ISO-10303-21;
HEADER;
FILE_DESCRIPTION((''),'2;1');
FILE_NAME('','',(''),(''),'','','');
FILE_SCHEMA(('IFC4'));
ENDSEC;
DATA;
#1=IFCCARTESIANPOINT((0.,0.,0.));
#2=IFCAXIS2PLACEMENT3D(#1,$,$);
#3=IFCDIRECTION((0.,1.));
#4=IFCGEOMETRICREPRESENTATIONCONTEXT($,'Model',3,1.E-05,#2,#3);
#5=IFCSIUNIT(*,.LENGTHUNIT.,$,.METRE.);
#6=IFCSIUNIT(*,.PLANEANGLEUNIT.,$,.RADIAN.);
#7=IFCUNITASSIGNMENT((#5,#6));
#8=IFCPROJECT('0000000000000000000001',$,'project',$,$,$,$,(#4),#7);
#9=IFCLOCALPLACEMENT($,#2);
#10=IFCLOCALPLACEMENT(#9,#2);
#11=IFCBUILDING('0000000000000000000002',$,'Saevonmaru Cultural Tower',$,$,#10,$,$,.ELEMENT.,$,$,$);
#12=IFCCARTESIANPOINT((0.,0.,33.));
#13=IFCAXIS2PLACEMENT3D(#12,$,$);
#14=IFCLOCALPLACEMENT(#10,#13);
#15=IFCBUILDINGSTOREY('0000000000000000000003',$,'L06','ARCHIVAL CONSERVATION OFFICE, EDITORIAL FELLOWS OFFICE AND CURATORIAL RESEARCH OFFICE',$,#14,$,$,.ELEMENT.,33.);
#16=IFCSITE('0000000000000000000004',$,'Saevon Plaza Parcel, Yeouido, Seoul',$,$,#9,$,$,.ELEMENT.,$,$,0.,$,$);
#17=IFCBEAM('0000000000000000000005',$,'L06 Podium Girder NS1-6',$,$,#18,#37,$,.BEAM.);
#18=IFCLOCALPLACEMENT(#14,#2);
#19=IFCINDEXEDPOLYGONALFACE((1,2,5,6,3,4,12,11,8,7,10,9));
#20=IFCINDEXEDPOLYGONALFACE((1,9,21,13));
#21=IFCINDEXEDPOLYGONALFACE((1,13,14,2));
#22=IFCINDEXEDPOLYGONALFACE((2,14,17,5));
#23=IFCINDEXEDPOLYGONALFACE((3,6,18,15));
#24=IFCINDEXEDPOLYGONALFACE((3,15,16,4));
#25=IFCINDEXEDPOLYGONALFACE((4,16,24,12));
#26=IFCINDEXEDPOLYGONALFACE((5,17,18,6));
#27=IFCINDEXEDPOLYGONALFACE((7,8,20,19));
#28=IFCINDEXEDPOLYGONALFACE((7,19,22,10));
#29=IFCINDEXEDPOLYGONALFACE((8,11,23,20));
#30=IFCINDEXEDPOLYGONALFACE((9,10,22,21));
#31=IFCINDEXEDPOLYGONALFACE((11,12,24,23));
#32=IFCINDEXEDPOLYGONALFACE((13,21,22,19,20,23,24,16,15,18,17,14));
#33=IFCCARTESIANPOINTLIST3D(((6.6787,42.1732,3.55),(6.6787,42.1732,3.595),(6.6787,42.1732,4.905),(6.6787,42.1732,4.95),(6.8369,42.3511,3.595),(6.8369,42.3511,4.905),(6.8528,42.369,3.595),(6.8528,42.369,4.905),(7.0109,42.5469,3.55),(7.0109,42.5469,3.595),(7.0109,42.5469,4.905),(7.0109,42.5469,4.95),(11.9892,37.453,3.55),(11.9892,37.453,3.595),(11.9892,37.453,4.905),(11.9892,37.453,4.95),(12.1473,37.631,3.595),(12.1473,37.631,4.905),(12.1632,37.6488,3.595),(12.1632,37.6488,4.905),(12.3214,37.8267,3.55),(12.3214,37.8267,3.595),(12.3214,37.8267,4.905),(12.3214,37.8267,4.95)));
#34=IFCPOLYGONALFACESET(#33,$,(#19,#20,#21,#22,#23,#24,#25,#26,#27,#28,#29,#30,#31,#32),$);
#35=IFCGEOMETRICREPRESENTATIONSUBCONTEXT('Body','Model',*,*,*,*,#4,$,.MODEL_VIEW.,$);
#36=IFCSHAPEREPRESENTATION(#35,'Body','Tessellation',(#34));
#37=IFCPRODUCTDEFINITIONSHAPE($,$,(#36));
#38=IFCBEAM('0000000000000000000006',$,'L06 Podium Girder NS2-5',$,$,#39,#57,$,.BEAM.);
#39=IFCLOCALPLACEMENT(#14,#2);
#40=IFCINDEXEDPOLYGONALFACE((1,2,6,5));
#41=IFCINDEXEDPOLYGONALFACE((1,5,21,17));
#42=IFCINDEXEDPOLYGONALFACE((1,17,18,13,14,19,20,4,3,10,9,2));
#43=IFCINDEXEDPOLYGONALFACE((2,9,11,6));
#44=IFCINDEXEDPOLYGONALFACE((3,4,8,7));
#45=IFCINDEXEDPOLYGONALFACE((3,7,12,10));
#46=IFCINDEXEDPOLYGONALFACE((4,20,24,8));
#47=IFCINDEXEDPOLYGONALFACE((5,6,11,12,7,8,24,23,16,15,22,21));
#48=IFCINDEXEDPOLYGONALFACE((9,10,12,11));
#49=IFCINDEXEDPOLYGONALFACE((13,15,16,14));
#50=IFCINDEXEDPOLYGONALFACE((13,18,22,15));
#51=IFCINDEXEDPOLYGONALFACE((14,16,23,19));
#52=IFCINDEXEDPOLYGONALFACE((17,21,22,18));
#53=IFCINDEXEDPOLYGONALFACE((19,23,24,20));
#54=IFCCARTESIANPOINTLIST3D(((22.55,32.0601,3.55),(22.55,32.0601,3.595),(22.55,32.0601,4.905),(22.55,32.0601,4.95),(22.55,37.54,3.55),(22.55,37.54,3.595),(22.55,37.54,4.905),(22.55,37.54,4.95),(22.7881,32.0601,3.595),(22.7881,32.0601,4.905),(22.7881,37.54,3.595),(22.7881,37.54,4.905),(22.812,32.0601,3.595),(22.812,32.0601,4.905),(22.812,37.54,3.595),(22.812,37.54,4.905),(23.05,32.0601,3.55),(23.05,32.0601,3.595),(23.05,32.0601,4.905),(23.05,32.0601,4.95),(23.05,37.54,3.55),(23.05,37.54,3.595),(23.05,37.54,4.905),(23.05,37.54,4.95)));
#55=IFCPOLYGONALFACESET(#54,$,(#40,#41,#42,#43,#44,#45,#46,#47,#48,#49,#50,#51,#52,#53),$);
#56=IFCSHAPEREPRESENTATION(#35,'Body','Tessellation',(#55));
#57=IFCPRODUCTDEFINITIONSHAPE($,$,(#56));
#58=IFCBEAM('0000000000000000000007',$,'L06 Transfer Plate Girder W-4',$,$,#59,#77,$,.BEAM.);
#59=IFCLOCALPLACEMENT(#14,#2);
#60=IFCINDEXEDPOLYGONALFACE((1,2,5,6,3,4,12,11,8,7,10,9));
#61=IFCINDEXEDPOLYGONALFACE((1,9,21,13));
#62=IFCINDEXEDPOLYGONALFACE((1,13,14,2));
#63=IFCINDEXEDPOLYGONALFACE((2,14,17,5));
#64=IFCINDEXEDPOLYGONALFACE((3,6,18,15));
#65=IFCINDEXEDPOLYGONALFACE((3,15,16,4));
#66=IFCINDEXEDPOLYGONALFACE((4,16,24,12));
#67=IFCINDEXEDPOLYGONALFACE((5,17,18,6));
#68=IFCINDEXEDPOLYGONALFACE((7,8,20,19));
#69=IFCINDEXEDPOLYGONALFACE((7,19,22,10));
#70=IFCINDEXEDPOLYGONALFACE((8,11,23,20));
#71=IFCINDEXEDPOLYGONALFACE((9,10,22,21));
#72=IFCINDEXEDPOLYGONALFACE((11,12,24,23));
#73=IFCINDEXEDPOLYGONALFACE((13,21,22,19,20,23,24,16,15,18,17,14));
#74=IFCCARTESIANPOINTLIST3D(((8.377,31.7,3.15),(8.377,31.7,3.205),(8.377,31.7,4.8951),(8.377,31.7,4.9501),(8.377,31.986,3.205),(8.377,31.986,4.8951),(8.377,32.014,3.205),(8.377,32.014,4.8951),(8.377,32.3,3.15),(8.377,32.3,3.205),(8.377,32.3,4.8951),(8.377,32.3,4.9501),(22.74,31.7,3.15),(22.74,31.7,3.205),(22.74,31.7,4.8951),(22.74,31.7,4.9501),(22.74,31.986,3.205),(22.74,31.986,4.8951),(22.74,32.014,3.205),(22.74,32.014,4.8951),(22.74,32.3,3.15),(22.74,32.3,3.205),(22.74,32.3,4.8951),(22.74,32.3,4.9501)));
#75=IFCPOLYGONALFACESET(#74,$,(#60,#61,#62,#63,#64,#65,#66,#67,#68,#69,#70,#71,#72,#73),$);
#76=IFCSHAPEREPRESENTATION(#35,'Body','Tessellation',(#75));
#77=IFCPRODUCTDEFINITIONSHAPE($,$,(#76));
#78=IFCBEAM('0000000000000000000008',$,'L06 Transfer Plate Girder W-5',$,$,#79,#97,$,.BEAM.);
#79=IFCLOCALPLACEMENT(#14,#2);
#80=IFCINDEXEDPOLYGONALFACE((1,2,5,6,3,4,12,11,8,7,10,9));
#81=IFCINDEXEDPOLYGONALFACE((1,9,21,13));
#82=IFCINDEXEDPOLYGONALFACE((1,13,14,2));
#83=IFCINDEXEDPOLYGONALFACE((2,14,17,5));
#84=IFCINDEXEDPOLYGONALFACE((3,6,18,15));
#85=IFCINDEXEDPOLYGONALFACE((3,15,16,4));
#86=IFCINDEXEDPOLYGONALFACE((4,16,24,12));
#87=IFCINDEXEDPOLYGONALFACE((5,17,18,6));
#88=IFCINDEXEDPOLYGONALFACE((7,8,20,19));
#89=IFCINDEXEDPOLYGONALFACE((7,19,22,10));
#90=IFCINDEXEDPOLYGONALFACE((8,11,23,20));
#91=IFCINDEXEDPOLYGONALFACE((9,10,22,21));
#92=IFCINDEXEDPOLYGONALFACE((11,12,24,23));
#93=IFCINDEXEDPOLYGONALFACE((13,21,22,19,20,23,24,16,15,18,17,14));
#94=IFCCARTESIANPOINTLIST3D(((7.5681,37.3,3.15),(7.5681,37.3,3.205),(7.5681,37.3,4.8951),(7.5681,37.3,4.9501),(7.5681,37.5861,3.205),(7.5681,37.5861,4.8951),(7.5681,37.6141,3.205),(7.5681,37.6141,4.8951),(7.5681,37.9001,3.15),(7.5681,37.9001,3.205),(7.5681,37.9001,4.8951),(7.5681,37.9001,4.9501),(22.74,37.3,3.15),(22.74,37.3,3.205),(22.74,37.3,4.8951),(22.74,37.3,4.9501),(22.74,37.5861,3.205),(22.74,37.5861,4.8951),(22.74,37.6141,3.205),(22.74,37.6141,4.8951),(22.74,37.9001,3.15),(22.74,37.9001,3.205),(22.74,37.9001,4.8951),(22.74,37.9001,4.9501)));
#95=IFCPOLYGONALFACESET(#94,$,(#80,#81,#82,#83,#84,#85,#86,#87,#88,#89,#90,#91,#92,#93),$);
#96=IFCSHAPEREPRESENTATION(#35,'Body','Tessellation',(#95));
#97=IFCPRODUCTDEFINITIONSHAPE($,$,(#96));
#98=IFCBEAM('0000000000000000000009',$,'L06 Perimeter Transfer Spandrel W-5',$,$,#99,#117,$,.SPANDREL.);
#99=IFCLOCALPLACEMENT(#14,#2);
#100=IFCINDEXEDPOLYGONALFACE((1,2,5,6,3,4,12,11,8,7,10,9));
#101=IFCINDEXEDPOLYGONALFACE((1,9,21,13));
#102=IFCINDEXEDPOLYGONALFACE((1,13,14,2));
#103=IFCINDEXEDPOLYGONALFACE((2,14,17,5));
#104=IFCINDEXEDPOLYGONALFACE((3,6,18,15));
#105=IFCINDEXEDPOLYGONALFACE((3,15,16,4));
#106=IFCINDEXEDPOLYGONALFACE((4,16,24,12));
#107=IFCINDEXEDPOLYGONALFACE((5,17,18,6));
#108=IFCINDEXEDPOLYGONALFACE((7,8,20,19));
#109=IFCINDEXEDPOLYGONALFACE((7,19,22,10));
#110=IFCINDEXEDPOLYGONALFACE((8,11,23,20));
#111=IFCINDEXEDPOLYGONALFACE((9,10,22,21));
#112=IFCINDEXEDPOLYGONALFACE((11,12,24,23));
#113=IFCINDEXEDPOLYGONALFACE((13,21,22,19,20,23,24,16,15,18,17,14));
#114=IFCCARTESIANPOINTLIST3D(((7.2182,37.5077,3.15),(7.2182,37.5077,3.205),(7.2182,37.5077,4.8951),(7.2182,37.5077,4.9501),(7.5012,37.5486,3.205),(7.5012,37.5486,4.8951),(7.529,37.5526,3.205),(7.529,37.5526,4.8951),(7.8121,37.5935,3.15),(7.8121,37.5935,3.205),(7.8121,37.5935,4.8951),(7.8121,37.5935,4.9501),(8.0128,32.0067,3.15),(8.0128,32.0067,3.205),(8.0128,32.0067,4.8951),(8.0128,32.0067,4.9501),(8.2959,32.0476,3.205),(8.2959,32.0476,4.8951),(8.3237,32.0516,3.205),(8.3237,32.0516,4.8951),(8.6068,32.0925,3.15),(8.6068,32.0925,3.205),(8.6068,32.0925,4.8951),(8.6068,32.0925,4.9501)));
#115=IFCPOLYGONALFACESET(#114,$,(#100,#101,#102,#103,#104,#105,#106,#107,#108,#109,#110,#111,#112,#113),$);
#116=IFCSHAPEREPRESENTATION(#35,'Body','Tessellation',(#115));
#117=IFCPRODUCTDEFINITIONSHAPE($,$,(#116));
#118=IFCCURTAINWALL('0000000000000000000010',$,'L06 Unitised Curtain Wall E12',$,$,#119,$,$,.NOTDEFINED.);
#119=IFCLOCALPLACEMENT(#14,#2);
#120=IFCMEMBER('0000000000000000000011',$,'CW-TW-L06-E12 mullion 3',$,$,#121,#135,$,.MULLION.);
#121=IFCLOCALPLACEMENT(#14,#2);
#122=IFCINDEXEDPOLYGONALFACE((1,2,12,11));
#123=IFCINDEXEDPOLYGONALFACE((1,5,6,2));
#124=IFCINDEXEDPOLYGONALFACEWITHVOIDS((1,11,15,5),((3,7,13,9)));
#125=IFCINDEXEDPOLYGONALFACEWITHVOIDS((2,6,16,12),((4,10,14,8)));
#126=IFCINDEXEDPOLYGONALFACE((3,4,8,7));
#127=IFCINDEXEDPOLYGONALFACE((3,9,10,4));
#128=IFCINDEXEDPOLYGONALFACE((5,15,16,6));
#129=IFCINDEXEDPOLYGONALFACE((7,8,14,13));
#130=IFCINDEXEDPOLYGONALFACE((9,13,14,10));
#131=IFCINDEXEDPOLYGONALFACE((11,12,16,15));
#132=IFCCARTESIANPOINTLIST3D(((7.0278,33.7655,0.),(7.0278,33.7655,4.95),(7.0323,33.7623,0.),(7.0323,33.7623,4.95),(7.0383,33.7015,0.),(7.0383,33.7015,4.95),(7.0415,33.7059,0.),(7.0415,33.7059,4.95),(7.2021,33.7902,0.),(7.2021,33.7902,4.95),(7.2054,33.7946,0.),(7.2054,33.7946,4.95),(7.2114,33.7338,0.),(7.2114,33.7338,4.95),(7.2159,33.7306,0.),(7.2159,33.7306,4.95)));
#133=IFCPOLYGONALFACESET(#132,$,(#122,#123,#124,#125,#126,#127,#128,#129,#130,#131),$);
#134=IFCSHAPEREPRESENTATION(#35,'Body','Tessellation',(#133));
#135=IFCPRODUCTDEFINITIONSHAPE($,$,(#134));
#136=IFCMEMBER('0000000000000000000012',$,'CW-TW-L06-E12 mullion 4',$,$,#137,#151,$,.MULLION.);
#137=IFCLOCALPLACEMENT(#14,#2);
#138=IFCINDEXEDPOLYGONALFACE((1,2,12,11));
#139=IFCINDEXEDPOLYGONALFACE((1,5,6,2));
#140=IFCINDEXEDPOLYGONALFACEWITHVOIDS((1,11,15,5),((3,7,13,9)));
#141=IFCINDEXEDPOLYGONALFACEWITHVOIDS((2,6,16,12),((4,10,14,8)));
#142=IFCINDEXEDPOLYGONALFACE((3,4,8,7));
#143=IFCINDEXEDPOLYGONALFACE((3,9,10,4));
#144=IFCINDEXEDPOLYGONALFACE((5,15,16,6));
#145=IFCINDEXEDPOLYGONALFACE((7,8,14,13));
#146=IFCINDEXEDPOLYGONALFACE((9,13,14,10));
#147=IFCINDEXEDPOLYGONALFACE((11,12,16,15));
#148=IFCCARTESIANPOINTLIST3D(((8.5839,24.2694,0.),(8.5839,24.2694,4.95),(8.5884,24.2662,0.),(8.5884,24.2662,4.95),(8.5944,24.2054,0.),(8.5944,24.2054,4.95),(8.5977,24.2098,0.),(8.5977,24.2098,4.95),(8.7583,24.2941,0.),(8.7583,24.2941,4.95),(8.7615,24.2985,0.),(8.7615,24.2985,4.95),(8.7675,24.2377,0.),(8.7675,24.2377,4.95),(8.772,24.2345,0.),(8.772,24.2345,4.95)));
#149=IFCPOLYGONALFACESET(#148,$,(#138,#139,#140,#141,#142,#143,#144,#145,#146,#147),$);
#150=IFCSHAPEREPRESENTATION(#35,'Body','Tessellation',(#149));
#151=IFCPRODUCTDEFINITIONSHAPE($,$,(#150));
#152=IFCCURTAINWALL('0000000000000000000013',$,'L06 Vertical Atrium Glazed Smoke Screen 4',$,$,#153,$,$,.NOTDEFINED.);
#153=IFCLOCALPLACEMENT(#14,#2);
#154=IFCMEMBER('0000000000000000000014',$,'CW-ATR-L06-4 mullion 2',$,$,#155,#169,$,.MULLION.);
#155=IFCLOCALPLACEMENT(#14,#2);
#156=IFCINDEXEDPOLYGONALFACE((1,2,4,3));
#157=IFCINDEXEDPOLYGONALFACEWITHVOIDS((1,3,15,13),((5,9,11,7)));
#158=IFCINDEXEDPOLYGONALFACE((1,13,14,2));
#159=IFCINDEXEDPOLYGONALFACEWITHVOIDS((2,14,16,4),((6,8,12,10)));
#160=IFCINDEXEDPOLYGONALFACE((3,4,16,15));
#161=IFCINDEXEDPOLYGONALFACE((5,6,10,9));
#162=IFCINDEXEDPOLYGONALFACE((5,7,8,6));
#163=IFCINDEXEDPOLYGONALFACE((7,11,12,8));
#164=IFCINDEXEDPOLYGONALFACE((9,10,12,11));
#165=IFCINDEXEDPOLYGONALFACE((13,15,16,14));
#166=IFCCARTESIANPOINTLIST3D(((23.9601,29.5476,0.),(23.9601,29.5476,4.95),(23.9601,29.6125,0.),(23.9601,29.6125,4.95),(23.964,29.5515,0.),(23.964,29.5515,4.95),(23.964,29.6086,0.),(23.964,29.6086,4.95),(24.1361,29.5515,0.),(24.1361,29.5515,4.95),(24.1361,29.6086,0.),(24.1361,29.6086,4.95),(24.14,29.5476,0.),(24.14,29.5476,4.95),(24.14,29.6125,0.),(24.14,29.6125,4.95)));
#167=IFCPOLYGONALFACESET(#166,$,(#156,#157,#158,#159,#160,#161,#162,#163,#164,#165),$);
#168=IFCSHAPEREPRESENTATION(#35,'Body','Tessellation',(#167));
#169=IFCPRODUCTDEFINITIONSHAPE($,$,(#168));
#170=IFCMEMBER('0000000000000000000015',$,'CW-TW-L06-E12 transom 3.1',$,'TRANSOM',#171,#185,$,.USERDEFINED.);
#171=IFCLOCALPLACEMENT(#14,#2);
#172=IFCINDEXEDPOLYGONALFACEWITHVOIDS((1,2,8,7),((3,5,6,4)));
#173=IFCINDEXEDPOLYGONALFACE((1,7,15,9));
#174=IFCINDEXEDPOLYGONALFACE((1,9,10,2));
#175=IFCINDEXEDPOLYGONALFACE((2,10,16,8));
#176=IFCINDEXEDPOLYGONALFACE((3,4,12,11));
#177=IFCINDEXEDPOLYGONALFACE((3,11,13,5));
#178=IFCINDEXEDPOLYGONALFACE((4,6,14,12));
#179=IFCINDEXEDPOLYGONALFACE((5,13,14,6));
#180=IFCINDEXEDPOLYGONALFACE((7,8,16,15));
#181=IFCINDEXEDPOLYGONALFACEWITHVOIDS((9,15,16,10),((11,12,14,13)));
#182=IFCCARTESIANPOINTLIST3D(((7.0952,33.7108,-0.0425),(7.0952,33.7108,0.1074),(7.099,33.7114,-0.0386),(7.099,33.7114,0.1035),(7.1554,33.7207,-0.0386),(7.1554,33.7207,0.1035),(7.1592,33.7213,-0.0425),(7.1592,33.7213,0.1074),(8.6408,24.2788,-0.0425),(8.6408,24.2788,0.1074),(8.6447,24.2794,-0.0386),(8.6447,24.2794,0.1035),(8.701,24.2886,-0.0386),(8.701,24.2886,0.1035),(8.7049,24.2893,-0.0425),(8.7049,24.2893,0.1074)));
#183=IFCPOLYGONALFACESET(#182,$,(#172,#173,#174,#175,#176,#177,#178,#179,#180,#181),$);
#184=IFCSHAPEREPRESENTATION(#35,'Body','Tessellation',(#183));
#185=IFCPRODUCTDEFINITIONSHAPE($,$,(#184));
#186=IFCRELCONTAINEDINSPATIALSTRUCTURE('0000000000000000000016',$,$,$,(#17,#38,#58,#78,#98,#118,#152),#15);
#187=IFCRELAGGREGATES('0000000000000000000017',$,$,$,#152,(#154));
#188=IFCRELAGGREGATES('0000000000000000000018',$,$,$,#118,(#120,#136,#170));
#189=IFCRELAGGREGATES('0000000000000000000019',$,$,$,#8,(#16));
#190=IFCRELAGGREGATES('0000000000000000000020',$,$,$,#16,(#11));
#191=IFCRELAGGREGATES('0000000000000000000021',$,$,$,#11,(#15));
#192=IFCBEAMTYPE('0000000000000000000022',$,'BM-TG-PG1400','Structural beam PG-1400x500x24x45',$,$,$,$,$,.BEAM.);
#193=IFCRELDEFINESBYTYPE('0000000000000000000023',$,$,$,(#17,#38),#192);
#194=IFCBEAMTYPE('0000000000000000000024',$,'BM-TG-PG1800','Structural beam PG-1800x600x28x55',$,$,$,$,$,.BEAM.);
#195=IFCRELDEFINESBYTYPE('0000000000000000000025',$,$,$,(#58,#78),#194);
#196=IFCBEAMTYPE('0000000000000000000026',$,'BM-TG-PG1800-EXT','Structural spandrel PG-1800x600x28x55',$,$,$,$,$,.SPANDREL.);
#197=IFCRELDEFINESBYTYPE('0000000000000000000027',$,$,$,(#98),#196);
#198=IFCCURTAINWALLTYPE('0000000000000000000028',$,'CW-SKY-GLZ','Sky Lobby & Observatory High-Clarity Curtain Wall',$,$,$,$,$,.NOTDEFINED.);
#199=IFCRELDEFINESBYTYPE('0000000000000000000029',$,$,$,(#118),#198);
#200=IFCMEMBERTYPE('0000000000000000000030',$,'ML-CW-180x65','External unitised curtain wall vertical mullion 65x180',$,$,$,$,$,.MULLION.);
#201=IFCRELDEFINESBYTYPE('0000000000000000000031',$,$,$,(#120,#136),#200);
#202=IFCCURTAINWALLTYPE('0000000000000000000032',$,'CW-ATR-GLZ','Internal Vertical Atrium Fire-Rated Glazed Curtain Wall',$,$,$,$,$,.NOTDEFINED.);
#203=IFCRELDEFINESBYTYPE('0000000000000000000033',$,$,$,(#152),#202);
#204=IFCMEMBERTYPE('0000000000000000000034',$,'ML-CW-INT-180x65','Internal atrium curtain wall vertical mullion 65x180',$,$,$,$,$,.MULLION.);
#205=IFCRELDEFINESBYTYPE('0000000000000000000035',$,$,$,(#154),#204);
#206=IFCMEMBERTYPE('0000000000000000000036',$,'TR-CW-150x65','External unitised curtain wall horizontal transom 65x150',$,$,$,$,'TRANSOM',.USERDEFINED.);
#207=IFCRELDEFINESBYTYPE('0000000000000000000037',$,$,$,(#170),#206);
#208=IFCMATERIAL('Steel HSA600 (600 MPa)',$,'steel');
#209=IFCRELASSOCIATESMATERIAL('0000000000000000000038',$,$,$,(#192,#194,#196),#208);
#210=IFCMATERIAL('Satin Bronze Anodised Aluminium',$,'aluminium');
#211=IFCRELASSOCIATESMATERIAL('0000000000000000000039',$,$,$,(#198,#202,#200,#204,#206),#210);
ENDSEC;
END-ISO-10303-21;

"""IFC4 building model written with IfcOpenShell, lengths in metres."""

from ifc_helpers import new_model, si_unit, direction, frame, origin, origin_2d, place, context, subcontext, project, spatial, hollow_rectangle, i_section, extrude, material, material_profile, profile_set, type_object, element, aggregate, save


model = new_model("IFC4")

# Units and contexts
model_context = context("Model", 3, precision=1e-05, world=origin(), true_north=direction((0.0, 1.0)))
body_context = subcontext(model_context, "Body", "Model", "MODEL_VIEW")
ifc_project = project(units=[si_unit("LENGTHUNIT", "METRE"), si_unit("PLANEANGLEUNIT", "RADIAN")], contexts=[model_context])

# Site, building, storey
site_placement = place(None, origin())
site = spatial("IfcSite", under=ifc_project, at=site_placement, Name="Saevon Plaza Parcel, Yeouido, Seoul", CompositionType="ELEMENT", RefElevation=0.0)
building_placement = place(site_placement, origin())
building = spatial("IfcBuilding", under=site, at=building_placement, Name="Saevonmaru Cultural Tower", CompositionType="ELEMENT")
storey_placement = place(building_placement, frame((0.0, 0.0, 33.0)))
storey = spatial("IfcBuildingStorey", under=building, at=storey_placement, Name="L06", Description="ARCHIVAL CONSERVATION OFFICE, EDITORIAL FELLOWS OFFICE AND CURATORIAL RESEARCH OFFICE", CompositionType="ELEMENT", Elevation=33.0)

# Shared definitions
ifc_material_1 = material(Name="Steel HSA600 (600 MPa)", Category="steel")

# Beams
ifc_material_profile_1 = material_profile(ifc_material_1, i_section(OverallWidth=0.5, OverallDepth=1.3999, WebThickness=0.0239, FlangeThickness=0.0449, at=origin_2d()), Name="PG-1400x500x24x45")
ifc_profile_set_1 = profile_set([ifc_material_profile_1], Name="Steel HSA600 (600 MPa)")
beam_type_1 = type_object("IfcBeamType", Name="BM-TG-PG1400", Description="Structural beam PG-1400x500x24x45", PredefinedType="BEAM", material=ifc_profile_set_1)
beam_1_placement = place(storey_placement, frame((12.1553, 37.6399, 4.25), z_axis=(-0.747428, 0.664343, 0.0), x_axis=(-0.664343, -0.747428, 0.0)))
element("IfcBeam", 1, at=beam_1_placement, inside=storey, type_object=beam_type_1, Name="L06 Podium Girder NS1-6", PredefinedType="BEAM", context=body_context, shape_type="SweptSolid", body=[
    extrude(i_section(OverallWidth=0.5, OverallDepth=1.3999, WebThickness=0.0239, FlangeThickness=0.0449, at=origin_2d()), origin(), (0.0, 0.0, 1.0), 7.105),
])
beam_2_placement = place(storey_placement, frame((22.8, 32.0601, 4.25), z_axis=(0.0, 1.0, 0.0), x_axis=(-1.0, 0.0, 0.0)))
element("IfcBeam", 2, at=beam_2_placement, inside=storey, type_object=beam_type_1, Name="L06 Podium Girder NS2-5", PredefinedType="BEAM", context=body_context, shape_type="SweptSolid", body=[
    extrude(i_section(OverallWidth=0.5, OverallDepth=1.3999, WebThickness=0.0239, FlangeThickness=0.0449, at=origin_2d()), origin(), (0.0, 0.0, 1.0), 5.48),
])
ifc_material_profile_2 = material_profile(ifc_material_1, i_section(OverallWidth=0.6001, OverallDepth=1.8, WebThickness=0.0281, FlangeThickness=0.0549, at=origin_2d()), Name="PG-1800x600x28x55")
ifc_profile_set_2 = profile_set([ifc_material_profile_2], Name="Steel HSA600 (600 MPa)")
beam_type_2 = type_object("IfcBeamType", Name="BM-TG-PG1800", Description="Structural beam PG-1800x600x28x55", PredefinedType="BEAM", material=ifc_profile_set_2)
beam_3_placement = place(storey_placement, frame((8.377, 32.0, 4.05), z_axis=(1.0, 0.0, 0.0), x_axis=(0.0, 1.0, 0.0)))
element("IfcBeam", 3, at=beam_3_placement, inside=storey, type_object=beam_type_2, Name="L06 Transfer Plate Girder W-4", PredefinedType="BEAM", context=body_context, shape_type="SweptSolid", body=[
    extrude(i_section(OverallWidth=0.6001, OverallDepth=1.8, WebThickness=0.0281, FlangeThickness=0.0549, at=origin_2d()), origin(), (0.0, 0.0, 1.0), 14.363),
])
beam_4_placement = place(storey_placement, frame((7.5681, 37.6001, 4.05), z_axis=(1.0, 0.0, 0.0), x_axis=(0.0, 1.0, 0.0)))
element("IfcBeam", 4, at=beam_4_placement, inside=storey, type_object=beam_type_2, Name="L06 Transfer Plate Girder W-5", PredefinedType="BEAM", context=body_context, shape_type="SweptSolid", body=[
    extrude(i_section(OverallWidth=0.6001, OverallDepth=1.8, WebThickness=0.0281, FlangeThickness=0.0549, at=origin_2d()), origin(), (0.0, 0.0, 1.0), 15.1719),
])
ifc_material_profile_3 = material_profile(ifc_material_1, i_section(OverallWidth=0.6001, OverallDepth=1.8, WebThickness=0.0281, FlangeThickness=0.0549, at=origin_2d()), Name="PG-1800x600x28x55")
ifc_profile_set_3 = profile_set([ifc_material_profile_3], Name="Steel HSA600 (600 MPa)")
beam_type_3 = type_object("IfcBeamType", Name="BM-TG-PG1800-EXT", Description="Structural spandrel PG-1800x600x28x55", PredefinedType="SPANDREL", material=ifc_profile_set_3)
beam_5_placement = place(storey_placement, frame((8.3098, 32.0496, 4.05), z_axis=(-0.142977, 0.989726, 0.0), x_axis=(-0.989726, -0.142977, 0.0)))
element("IfcBeam", 5, at=beam_5_placement, inside=storey, type_object=beam_type_3, Name="L06 Perimeter Transfer Spandrel W-5", PredefinedType="SPANDREL", context=body_context, shape_type="SweptSolid", body=[
    extrude(i_section(OverallWidth=0.6001, OverallDepth=1.8, WebThickness=0.0281, FlangeThickness=0.0549, at=origin_2d()), origin(), (0.0, 0.0, 1.0), 5.5581),
])

# Curtain wall, members
ifc_material_2 = material(Name="Satin Bronze Anodised Aluminium", Category="aluminium")
curtain_wall_type_1 = type_object("IfcCurtainWallType", Name="CW-SKY-GLZ", Description="Sky Lobby & Observatory High-Clarity Curtain Wall", PredefinedType="NOTDEFINED", material=ifc_material_2)
curtain_wall_1_placement = place(storey_placement, origin())
curtain_wall_1 = element("IfcCurtainWall", 6, at=curtain_wall_1_placement, inside=storey, type_object=curtain_wall_type_1, Name="L06 Unitised Curtain Wall E12", PredefinedType="NOTDEFINED")
ifc_material_profile_4 = material_profile(ifc_material_2, hollow_rectangle(XDim=0.0649, YDim=0.1799, WallThickness=0.0039, at=origin_2d()), Name="ALU-MULL-180x65x4")
ifc_profile_set_4 = profile_set([ifc_material_profile_4], Name="Satin Bronze Anodised Aluminium")
member_type_1 = type_object("IfcMemberType", Name="ML-CW-180x65", Description="External unitised curtain wall vertical mullion 65x180", PredefinedType="MULLION", material=ifc_profile_set_4)
member_1_placement = place(storey_placement, frame((7.1218, 33.748, 0.0), z_axis=(0.0, 0.0, 1.0), x_axis=(0.161709, -0.986839, 0.0)))
member_1 = element("IfcMember", 7, at=member_1_placement, type_object=member_type_1, Name="CW-TW-L06-E12 mullion 3", PredefinedType="MULLION", context=body_context, shape_type="SweptSolid", body=[
    extrude(hollow_rectangle(XDim=0.0649, YDim=0.1799, WallThickness=0.0039, at=origin_2d()), origin(), (0.0, 0.0, 1.0), 4.95),
])
member_2_placement = place(storey_placement, frame((8.678, 24.252, 0.0), z_axis=(0.0, 0.0, 1.0), x_axis=(0.161709, -0.986839, 0.0)))
member_2 = element("IfcMember", 8, at=member_2_placement, type_object=member_type_1, Name="CW-TW-L06-E12 mullion 4", PredefinedType="MULLION", context=body_context, shape_type="SweptSolid", body=[
    extrude(hollow_rectangle(XDim=0.0649, YDim=0.1799, WallThickness=0.0039, at=origin_2d()), origin(), (0.0, 0.0, 1.0), 4.95),
])

# Curtain wall, member
curtain_wall_type_2 = type_object("IfcCurtainWallType", Name="CW-ATR-GLZ", Description="Internal Vertical Atrium Fire-Rated Glazed Curtain Wall", PredefinedType="NOTDEFINED", material=ifc_material_2)
curtain_wall_2_placement = place(storey_placement, origin())
curtain_wall_2 = element("IfcCurtainWall", 9, at=curtain_wall_2_placement, inside=storey, type_object=curtain_wall_type_2, Name="L06 Vertical Atrium Glazed Smoke Screen 4", PredefinedType="NOTDEFINED")
ifc_material_profile_5 = material_profile(ifc_material_2, hollow_rectangle(XDim=0.0649, YDim=0.1799, WallThickness=0.0039, at=origin_2d()), Name="ALU-MULL-180x65x4")
ifc_profile_set_5 = profile_set([ifc_material_profile_5], Name="Satin Bronze Anodised Aluminium")
member_type_2 = type_object("IfcMemberType", Name="ML-CW-INT-180x65", Description="Internal atrium curtain wall vertical mullion 65x180", PredefinedType="MULLION", material=ifc_profile_set_5)
member_3_placement = place(storey_placement, frame((24.05, 29.5801, 0.0), z_axis=(0.0, 0.0, 1.0), x_axis=(0.0, -1.0, 0.0)))
member_3 = element("IfcMember", 10, at=member_3_placement, type_object=member_type_2, Name="CW-ATR-L06-4 mullion 2", PredefinedType="MULLION", context=body_context, shape_type="SweptSolid", body=[
    extrude(hollow_rectangle(XDim=0.0649, YDim=0.1799, WallThickness=0.0039, at=origin_2d()), origin(), (0.0, 0.0, 1.0), 4.95),
])

# Member
ifc_material_profile_6 = material_profile(ifc_material_2, hollow_rectangle(XDim=0.0649, YDim=0.1499, WallThickness=0.0039, at=origin_2d()), Name="ALU-TRAN-150x65x4")
ifc_profile_set_6 = profile_set([ifc_material_profile_6], Name="Satin Bronze Anodised Aluminium")
member_type_3 = type_object("IfcMemberType", Name="TR-CW-150x65", Description="External unitised curtain wall horizontal transom 65x150", ElementType="TRANSOM", PredefinedType="USERDEFINED", material=ifc_profile_set_6)
member_4_placement = place(storey_placement, frame((7.1272, 33.7161, 0.0325), z_axis=(0.161714, -0.986838, 0.0), x_axis=(0.986838, 0.161714, 0.0)))
member_4 = element("IfcMember", 11, at=member_4_placement, type_object=member_type_3, Name="CW-TW-L06-E12 transom 3.1", ObjectType="TRANSOM", PredefinedType="USERDEFINED", context=body_context, shape_type="SweptSolid", body=[
    extrude(hollow_rectangle(XDim=0.0649, YDim=0.1499, WallThickness=0.0039, at=origin_2d()), origin(), (0.0, 0.0, 1.0), 9.5579),
])

aggregate(curtain_wall_2, [member_3])
aggregate(curtain_wall_1, [member_1, member_2, member_4])

save(model, "model.ifc")
